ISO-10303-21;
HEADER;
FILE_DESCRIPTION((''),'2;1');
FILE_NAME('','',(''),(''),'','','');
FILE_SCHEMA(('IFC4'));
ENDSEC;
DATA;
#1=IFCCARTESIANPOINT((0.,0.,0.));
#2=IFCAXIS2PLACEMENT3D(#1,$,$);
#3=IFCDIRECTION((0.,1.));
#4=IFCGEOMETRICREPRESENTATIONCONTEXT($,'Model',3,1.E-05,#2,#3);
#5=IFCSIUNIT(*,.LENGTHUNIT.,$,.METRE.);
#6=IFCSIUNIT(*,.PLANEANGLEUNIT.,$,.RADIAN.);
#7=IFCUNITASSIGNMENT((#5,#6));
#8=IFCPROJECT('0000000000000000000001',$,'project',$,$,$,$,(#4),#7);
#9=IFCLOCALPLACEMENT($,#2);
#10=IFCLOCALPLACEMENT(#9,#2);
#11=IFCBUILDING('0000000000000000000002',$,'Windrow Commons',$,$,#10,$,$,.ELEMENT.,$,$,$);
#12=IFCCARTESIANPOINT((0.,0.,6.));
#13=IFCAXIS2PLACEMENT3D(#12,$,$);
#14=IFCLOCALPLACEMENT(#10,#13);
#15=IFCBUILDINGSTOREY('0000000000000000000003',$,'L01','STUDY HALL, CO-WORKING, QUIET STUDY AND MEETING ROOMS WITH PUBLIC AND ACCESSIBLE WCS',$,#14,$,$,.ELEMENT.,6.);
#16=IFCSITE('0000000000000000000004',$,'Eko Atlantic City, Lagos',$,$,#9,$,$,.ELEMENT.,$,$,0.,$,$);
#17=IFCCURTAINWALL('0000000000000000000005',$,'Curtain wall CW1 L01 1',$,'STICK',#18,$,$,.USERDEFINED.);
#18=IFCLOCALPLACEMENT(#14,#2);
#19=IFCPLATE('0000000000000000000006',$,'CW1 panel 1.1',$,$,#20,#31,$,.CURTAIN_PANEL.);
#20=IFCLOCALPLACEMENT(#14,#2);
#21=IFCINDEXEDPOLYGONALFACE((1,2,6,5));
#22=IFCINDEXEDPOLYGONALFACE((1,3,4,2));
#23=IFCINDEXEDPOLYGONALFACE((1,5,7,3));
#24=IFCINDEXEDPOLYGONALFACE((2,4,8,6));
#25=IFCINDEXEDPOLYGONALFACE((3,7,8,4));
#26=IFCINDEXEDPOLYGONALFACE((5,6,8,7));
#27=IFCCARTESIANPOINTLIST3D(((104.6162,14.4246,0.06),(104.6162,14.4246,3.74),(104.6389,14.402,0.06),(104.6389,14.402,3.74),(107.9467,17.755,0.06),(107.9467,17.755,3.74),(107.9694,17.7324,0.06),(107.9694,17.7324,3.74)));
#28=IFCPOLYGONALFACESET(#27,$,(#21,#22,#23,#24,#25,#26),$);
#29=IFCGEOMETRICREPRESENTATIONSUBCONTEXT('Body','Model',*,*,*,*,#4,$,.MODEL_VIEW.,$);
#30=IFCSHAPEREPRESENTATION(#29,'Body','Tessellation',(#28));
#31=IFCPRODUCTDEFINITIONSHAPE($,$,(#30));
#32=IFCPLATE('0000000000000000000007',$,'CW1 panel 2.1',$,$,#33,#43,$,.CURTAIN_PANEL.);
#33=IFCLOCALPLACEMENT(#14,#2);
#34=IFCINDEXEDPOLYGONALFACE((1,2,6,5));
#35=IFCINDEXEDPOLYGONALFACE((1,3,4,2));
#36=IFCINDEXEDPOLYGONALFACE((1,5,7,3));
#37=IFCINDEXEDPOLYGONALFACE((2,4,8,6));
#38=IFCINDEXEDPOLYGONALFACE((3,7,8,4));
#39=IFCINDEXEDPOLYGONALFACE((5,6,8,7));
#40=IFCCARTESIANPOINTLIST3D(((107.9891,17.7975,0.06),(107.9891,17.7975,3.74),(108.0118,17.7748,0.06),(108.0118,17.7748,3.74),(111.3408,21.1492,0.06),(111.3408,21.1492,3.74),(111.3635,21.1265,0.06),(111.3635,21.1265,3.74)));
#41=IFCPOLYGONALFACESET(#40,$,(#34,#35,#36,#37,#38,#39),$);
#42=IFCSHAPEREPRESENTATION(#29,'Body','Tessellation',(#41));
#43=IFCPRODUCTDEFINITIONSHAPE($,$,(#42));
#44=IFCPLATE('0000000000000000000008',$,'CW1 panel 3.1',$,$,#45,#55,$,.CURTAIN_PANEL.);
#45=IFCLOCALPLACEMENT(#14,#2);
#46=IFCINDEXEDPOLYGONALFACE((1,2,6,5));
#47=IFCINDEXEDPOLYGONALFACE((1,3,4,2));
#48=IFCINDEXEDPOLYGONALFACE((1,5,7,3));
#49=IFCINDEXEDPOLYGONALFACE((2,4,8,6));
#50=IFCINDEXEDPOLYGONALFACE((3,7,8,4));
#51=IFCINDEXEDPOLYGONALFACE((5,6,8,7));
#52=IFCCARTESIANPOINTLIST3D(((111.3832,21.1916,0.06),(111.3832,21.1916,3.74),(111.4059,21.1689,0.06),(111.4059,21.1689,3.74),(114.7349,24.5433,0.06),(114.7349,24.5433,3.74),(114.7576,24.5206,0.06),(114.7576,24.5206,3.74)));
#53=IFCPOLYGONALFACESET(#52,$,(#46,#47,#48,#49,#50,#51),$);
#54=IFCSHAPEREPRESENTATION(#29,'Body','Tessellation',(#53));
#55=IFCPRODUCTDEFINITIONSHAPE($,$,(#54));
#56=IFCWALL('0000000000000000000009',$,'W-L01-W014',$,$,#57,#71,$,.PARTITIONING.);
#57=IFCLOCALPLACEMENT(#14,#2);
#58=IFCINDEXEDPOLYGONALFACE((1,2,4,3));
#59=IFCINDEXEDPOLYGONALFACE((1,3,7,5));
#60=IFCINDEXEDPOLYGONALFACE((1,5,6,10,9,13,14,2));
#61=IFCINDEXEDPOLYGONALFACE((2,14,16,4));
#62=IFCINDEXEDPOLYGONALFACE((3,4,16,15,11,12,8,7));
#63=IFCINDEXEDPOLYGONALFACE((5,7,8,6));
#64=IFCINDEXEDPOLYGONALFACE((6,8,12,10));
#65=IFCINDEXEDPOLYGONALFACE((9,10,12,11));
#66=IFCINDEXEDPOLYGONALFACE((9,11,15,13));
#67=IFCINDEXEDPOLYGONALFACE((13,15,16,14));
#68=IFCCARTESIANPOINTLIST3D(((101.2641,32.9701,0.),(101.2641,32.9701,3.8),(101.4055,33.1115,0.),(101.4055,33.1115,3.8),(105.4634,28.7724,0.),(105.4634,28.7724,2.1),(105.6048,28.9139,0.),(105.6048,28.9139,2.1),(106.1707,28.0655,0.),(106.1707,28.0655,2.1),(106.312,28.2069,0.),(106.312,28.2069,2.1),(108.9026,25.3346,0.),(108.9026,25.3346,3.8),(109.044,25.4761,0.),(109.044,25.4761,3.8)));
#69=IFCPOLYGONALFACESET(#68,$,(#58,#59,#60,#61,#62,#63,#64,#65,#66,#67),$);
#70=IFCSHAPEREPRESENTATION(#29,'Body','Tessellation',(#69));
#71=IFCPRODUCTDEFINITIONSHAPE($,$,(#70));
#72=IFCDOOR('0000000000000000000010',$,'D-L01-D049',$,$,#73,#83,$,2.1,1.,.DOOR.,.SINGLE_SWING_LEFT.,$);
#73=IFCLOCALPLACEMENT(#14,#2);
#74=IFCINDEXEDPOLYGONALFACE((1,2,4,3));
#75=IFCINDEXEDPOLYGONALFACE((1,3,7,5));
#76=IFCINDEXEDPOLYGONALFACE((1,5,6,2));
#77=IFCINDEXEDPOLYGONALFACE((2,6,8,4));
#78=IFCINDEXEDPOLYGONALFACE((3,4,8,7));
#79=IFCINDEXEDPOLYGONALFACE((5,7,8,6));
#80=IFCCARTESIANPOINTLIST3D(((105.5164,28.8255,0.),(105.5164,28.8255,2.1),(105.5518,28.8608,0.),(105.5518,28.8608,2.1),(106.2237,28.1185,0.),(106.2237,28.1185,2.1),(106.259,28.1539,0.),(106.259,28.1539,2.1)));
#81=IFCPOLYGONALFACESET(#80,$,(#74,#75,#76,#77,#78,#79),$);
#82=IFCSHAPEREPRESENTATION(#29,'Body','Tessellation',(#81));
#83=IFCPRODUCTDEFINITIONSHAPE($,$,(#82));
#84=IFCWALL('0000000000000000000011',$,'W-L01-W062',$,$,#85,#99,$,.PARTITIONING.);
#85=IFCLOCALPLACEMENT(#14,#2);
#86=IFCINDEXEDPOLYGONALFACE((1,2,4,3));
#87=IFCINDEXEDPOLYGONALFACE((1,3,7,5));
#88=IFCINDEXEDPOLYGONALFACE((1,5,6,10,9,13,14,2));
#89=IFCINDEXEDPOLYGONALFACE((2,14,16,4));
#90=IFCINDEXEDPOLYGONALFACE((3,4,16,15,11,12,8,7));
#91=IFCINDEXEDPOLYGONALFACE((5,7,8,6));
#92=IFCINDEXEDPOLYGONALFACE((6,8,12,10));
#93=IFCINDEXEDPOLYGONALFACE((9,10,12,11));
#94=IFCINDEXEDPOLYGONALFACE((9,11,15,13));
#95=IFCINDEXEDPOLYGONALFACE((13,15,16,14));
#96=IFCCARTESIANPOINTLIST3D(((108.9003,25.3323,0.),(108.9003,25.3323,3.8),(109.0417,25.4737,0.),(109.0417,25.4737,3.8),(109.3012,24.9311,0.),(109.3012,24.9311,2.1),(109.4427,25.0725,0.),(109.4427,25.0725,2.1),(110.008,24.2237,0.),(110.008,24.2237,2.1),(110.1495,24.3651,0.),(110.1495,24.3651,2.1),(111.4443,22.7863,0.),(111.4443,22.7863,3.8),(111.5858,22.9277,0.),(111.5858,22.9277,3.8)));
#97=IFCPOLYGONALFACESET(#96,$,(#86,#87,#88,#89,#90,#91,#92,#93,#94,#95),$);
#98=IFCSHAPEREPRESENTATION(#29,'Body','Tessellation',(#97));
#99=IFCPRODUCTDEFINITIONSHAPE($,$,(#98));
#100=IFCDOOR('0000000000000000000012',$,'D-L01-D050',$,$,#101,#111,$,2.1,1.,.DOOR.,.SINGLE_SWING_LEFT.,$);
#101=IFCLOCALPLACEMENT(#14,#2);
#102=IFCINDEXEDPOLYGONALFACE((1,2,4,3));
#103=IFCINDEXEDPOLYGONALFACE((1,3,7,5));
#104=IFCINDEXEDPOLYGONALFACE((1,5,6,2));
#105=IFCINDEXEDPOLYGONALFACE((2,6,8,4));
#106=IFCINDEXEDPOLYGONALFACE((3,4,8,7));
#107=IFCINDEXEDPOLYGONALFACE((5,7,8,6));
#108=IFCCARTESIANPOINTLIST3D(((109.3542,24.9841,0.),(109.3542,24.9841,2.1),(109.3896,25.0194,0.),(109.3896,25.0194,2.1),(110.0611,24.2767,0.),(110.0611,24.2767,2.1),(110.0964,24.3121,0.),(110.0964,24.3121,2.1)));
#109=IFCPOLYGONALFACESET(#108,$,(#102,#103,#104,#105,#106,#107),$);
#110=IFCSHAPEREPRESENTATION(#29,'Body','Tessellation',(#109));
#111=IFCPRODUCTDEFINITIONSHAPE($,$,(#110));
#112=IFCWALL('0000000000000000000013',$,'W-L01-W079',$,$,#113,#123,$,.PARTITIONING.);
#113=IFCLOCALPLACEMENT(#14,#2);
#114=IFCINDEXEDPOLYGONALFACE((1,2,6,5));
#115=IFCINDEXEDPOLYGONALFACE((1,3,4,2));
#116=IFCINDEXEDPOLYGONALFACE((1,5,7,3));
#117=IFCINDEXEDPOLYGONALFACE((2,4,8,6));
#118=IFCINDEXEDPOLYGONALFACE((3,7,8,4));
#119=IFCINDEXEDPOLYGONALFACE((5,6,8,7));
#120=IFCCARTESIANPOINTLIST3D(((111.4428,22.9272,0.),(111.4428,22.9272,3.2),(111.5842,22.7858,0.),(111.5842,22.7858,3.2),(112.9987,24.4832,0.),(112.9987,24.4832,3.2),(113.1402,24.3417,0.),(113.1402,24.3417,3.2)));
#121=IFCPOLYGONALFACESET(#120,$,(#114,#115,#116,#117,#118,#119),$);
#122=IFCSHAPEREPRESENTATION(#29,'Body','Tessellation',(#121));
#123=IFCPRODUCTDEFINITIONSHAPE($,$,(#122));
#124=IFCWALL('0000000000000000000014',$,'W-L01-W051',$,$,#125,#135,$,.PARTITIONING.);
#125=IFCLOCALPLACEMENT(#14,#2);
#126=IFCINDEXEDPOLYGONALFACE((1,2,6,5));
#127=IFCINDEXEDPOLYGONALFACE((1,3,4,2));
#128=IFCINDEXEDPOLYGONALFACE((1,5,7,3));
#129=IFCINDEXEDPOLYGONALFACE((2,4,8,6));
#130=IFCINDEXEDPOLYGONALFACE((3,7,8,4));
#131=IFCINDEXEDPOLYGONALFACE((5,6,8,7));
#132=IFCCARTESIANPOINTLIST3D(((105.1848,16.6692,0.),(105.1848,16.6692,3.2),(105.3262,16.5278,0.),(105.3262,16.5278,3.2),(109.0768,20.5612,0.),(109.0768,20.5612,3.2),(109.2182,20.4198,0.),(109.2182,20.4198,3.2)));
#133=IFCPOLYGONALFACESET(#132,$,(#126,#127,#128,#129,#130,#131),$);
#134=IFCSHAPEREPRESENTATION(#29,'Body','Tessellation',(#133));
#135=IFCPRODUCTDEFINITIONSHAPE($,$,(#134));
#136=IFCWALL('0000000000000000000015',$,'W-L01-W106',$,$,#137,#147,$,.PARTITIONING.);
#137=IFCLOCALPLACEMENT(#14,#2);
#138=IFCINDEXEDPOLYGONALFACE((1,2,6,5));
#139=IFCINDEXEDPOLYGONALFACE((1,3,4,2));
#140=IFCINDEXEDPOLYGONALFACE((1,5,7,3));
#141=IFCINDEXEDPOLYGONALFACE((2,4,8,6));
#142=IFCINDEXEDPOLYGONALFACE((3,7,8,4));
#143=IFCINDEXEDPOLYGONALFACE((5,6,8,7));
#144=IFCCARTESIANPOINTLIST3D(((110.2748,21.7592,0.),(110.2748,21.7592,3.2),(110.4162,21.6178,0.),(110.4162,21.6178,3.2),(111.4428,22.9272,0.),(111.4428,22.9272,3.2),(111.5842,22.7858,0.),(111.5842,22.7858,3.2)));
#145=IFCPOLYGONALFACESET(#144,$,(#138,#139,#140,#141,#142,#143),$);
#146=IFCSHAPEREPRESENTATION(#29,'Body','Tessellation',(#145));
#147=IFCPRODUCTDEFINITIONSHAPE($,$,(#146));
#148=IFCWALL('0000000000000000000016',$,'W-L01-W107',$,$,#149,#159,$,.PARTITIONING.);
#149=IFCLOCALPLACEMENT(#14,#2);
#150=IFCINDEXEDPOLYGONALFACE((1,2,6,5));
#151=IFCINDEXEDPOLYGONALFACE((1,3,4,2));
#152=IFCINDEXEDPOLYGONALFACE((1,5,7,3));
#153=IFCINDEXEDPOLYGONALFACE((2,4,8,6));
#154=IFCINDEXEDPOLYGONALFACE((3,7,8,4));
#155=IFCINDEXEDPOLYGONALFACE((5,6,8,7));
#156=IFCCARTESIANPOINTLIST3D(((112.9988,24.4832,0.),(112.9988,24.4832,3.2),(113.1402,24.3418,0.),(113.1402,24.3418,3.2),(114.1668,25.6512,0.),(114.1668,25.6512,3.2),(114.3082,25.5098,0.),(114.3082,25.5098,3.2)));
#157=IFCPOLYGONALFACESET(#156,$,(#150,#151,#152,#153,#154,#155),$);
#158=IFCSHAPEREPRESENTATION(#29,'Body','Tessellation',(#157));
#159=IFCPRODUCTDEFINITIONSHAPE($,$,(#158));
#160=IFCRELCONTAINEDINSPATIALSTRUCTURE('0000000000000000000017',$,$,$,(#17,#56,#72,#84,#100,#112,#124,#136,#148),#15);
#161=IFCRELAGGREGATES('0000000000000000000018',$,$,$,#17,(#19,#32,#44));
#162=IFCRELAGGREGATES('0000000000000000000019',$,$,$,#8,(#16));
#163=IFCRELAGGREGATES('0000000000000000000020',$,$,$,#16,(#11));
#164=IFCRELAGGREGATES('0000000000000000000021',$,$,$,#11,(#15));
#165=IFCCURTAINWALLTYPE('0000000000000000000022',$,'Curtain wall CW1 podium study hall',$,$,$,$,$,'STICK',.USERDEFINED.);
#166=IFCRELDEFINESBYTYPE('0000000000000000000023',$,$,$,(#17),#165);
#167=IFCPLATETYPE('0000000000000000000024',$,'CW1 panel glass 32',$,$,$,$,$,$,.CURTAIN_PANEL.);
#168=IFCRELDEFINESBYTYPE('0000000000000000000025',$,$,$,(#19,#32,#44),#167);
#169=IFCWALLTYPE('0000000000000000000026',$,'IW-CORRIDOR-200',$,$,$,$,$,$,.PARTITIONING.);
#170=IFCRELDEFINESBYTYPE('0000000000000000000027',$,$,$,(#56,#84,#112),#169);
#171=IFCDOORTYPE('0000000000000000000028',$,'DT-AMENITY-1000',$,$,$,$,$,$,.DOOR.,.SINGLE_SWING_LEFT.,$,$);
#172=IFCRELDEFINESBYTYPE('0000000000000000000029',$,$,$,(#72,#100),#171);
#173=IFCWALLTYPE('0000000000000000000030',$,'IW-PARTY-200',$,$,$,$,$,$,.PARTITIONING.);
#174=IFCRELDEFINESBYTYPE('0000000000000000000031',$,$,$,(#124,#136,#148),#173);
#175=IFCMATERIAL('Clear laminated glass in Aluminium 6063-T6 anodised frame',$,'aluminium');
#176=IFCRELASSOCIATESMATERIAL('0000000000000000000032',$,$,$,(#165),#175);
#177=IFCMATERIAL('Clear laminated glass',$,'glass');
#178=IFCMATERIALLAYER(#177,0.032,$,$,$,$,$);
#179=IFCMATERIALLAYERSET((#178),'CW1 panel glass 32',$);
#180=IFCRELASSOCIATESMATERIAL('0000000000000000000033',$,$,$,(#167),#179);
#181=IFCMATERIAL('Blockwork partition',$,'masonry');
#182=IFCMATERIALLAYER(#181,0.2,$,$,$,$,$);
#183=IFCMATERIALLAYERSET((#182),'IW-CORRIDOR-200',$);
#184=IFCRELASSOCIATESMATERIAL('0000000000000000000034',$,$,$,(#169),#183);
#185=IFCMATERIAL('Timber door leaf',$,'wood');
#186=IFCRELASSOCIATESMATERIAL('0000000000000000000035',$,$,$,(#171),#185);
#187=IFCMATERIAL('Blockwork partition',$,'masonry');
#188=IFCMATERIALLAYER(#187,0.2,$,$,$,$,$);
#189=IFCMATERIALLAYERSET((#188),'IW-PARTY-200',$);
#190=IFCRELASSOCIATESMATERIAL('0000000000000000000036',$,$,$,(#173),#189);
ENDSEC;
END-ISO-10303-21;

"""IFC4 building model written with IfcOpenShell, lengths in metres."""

from ifc_helpers import new_model, si_unit, direction, frame, frame_2d, origin, origin_2d, place, context, subcontext, project, spatial, rectangle, extrude, material, layer, layer_set, type_object, element, fill, aggregate, save


model = new_model("IFC4")

# Units and contexts
model_context = context("Model", 3, precision=1e-05, world=origin(), true_north=direction((0.0, 1.0)))
body_context = subcontext(model_context, "Body", "Model", "MODEL_VIEW")
ifc_project = project(units=[si_unit("LENGTHUNIT", "METRE"), si_unit("PLANEANGLEUNIT", "RADIAN")], contexts=[model_context])

# Site, building, storey
site_placement = place(None, origin())
site = spatial("IfcSite", under=ifc_project, at=site_placement, Name="Eko Atlantic City, Lagos", CompositionType="ELEMENT", RefElevation=0.0)
building_placement = place(site_placement, origin())
building = spatial("IfcBuilding", under=site, at=building_placement, Name="Windrow Commons", CompositionType="ELEMENT")
storey_placement = place(building_placement, frame((0.0, 0.0, 6.0)))
storey = spatial("IfcBuildingStorey", under=building, at=storey_placement, Name="L01", Description="STUDY HALL, CO-WORKING, QUIET STUDY AND MEETING ROOMS WITH PUBLIC AND ACCESSIBLE WCS", CompositionType="ELEMENT", Elevation=6.0)

# Curtain wall
ifc_material_1 = material(Name="Clear laminated glass in Aluminium 6063-T6 anodised frame", Category="aluminium")
curtain_wall_type = type_object("IfcCurtainWallType", Name="Curtain wall CW1 podium study hall", ElementType="STICK", PredefinedType="USERDEFINED", material=ifc_material_1)
placement = place(storey_placement, origin())
curtain_wall_1 = element("IfcCurtainWall", 1, at=placement, inside=storey, type_object=curtain_wall_type, Name="Curtain wall CW1 L01 1", ObjectType="STICK", PredefinedType="USERDEFINED")

# Plates
ifc_material_2 = material(Name="Clear laminated glass", Category="glass")
ifc_layer_1 = layer(ifc_material_2, 0.032)
ifc_layer_set_1 = layer_set([ifc_layer_1], Name="CW1 panel glass 32")
plate_type = type_object("IfcPlateType", Name="CW1 panel glass 32", PredefinedType="CURTAIN_PANEL", material=ifc_layer_set_1)
plate_1_placement = place(storey_placement, frame((106.2928, 16.0785, 0.06), z_axis=(0.0, 0.0, 1.0), x_axis=(0.707109, 0.707104, 0.0)))
plate_1 = element("IfcPlate", 2, at=plate_1_placement, type_object=plate_type, Name="CW1 panel 1.1", PredefinedType="CURTAIN_PANEL", context=body_context, shape_type="SweptSolid", body=[
    extrude(rectangle(XDim=4.71, YDim=0.032, at=origin_2d()), origin(), (0.0, 0.0, 1.0), 3.68),
])
plate_2_placement = place(storey_placement, frame((109.6763, 19.462, 0.06), z_axis=(0.0, 0.0, 1.0), x_axis=(0.707109, 0.707104, 0.0)))
plate_2 = element("IfcPlate", 3, at=plate_2_placement, type_object=plate_type, Name="CW1 panel 2.1", PredefinedType="CURTAIN_PANEL", context=body_context, shape_type="SweptSolid", body=[
    extrude(rectangle(XDim=4.74, YDim=0.032, at=origin_2d()), origin(), (0.0, 0.0, 1.0), 3.68),
])
plate_3_placement = place(storey_placement, frame((113.0704, 22.8561, 0.06), z_axis=(0.0, 0.0, 1.0), x_axis=(0.707109, 0.707104, 0.0)))
plate_3 = element("IfcPlate", 4, at=plate_3_placement, type_object=plate_type, Name="CW1 panel 3.1", PredefinedType="CURTAIN_PANEL", context=body_context, shape_type="SweptSolid", body=[
    extrude(rectangle(XDim=4.74, YDim=0.032, at=origin_2d()), origin(), (0.0, 0.0, 1.0), 3.68),
])
aggregate(curtain_wall_1, [plate_1, plate_2, plate_3])

# Walls, openings, doors
ifc_material_3 = material(Name="Blockwork partition", Category="masonry")
ifc_layer_2 = layer(ifc_material_3, 0.2)
ifc_layer_set_2 = layer_set([ifc_layer_2], Name="IW-CORRIDOR-200")
wall_type_1 = type_object("IfcWallType", Name="IW-CORRIDOR-200", PredefinedType="PARTITIONING", material=ifc_layer_set_2)
wall_1_placement = place(storey_placement, frame((108.9733, 25.4053, 0.0), z_axis=(0.0, 0.0, 1.0), x_axis=(-0.707246, 0.706968, 0.0)))
wall_1 = element("IfcWall", 5, at=wall_1_placement, inside=storey, type_object=wall_type_1, Name="W-L01-W014", PredefinedType="PARTITIONING", context=body_context, shape_type="SweptSolid", body=[
    extrude(rectangle(XDim=10.8003, YDim=0.2, at=frame_2d((5.4002, 0.0))), origin(), (0.0, 0.0, 1.0), 3.8),
])
opening_1_placement = place(wall_1_placement, frame((3.8628, 0.0, 0.0)))
opening_1 = element("IfcOpeningElement", 6, at=opening_1_placement, cuts=wall_1, PredefinedType="OPENING", context=body_context, shape_type="SweptSolid", body=[
    extrude(rectangle(XDim=1.0, YDim=2.1, at=frame_2d((0.5, 1.05))), frame((0.0, 0.11, 0.0), z_axis=(0.0, -1.0, 0.0), x_axis=(1.0, 0.0, 0.0)), (0.0, 0.0, 1.0), 0.22),
])
ifc_material_4 = material(Name="Timber door leaf", Category="wood")
door_type = type_object("IfcDoorType", Name="DT-AMENITY-1000", OperationType="SINGLE_SWING_LEFT", PredefinedType="DOOR", material=ifc_material_4)
door_1_placement = place(opening_1_placement, origin())
door_1 = element("IfcDoor", 7, at=door_1_placement, inside=storey, type_object=door_type, Name="D-L01-D049", OperationType="SINGLE_SWING_LEFT", OverallHeight=2.1, OverallWidth=1.0, PredefinedType="DOOR", context=body_context, shape_type="SweptSolid", body=[
    extrude(rectangle(XDim=1.0, YDim=2.1, at=frame_2d((0.5, 1.05))), frame((0.0, 0.025, 0.0), z_axis=(0.0, -1.0, 0.0), x_axis=(1.0, 0.0, 0.0)), (0.0, 0.0, 1.0), 0.05),
])
fill(opening_1, door_1)
wall_2_placement = place(storey_placement, frame((108.971, 25.403, 0.0), z_axis=(0.0, 0.0, 1.0), x_axis=(0.706829, -0.707385, 0.0)))
wall_2 = element("IfcWall", 8, at=wall_2_placement, inside=storey, type_object=wall_type_1, Name="W-L01-W062", PredefinedType="PARTITIONING", context=body_context, shape_type="SweptSolid", body=[
    extrude(rectangle(XDim=3.5992, YDim=0.2, at=frame_2d((1.7996, 0.0))), origin(), (0.0, 0.0, 1.0), 3.8),
])
opening_2_placement = place(wall_2_placement, frame((0.5672, 0.0, 0.0)))
opening_2 = element("IfcOpeningElement", 9, at=opening_2_placement, cuts=wall_2, PredefinedType="OPENING", context=body_context, shape_type="SweptSolid", body=[
    extrude(rectangle(XDim=1.0, YDim=2.1, at=frame_2d((0.5, 1.05))), frame((0.0, 0.11, 0.0), z_axis=(0.0, -1.0, 0.0), x_axis=(1.0, 0.0, 0.0)), (0.0, 0.0, 1.0), 0.22),
])
door_2_placement = place(opening_2_placement, origin())
door_2 = element("IfcDoor", 10, at=door_2_placement, inside=storey, type_object=door_type, Name="D-L01-D050", OperationType="SINGLE_SWING_LEFT", OverallHeight=2.1, OverallWidth=1.0, PredefinedType="DOOR", context=body_context, shape_type="SweptSolid", body=[
    extrude(rectangle(XDim=1.0, YDim=2.1, at=frame_2d((0.5, 1.05))), frame((0.0, 0.025, 0.0), z_axis=(0.0, -1.0, 0.0), x_axis=(1.0, 0.0, 0.0)), (0.0, 0.0, 1.0), 0.05),
])
fill(opening_2, door_2)

# Walls
wall_3_placement = place(storey_placement, frame((111.5135, 22.8565, 0.0), z_axis=(0.0, 0.0, 1.0), x_axis=(0.707107, 0.707107, 0.0)))
element("IfcWall", 11, at=wall_3_placement, inside=storey, type_object=wall_type_1, Name="W-L01-W079", PredefinedType="PARTITIONING", context=body_context, shape_type="SweptSolid", body=[
    extrude(rectangle(XDim=2.2005, YDim=0.2, at=frame_2d((1.1002, 0.0))), origin(), (0.0, 0.0, 1.0), 3.2),
])
ifc_material_5 = material(Name="Blockwork partition", Category="masonry")
ifc_layer_3 = layer(ifc_material_5, 0.2)
ifc_layer_set_3 = layer_set([ifc_layer_3], Name="IW-PARTY-200")
wall_type_2 = type_object("IfcWallType", Name="IW-PARTY-200", PredefinedType="PARTITIONING", material=ifc_layer_set_3)
wall_4_placement = place(storey_placement, frame((105.2555, 16.5985, 0.0), z_axis=(0.0, 0.0, 1.0), x_axis=(0.707107, 0.707107, 0.0)))
element("IfcWall", 12, at=wall_4_placement, inside=storey, type_object=wall_type_2, Name="W-L01-W051", PredefinedType="PARTITIONING", context=body_context, shape_type="SweptSolid", body=[
    extrude(rectangle(XDim=5.5041, YDim=0.2, at=frame_2d((2.7521, 0.0))), origin(), (0.0, 0.0, 1.0), 3.2),
])
for number, where, z_axis, x_axis, name in (
    (13, (110.3455, 21.6885, 0.0), (0.0, 0.0, 1.0), (0.707107, 0.707107, 0.0), "W-L01-W106"),
    (14, (113.0695, 24.4125, 0.0), (0.0, 0.0, 1.0), (0.707107, 0.707107, 0.0), "W-L01-W107"),
):
    element("IfcWall", number, at=place(storey_placement, frame(where, z_axis=z_axis, x_axis=x_axis)), inside=storey, type_object=wall_type_2, Name=name, PredefinedType="PARTITIONING", context=body_context, shape_type="SweptSolid", body=[
        extrude(rectangle(XDim=1.6518, YDim=0.2, at=frame_2d((0.8259, 0.0))), origin(), (0.0, 0.0, 1.0), 3.2),
    ])

save(model, "model.ifc")
